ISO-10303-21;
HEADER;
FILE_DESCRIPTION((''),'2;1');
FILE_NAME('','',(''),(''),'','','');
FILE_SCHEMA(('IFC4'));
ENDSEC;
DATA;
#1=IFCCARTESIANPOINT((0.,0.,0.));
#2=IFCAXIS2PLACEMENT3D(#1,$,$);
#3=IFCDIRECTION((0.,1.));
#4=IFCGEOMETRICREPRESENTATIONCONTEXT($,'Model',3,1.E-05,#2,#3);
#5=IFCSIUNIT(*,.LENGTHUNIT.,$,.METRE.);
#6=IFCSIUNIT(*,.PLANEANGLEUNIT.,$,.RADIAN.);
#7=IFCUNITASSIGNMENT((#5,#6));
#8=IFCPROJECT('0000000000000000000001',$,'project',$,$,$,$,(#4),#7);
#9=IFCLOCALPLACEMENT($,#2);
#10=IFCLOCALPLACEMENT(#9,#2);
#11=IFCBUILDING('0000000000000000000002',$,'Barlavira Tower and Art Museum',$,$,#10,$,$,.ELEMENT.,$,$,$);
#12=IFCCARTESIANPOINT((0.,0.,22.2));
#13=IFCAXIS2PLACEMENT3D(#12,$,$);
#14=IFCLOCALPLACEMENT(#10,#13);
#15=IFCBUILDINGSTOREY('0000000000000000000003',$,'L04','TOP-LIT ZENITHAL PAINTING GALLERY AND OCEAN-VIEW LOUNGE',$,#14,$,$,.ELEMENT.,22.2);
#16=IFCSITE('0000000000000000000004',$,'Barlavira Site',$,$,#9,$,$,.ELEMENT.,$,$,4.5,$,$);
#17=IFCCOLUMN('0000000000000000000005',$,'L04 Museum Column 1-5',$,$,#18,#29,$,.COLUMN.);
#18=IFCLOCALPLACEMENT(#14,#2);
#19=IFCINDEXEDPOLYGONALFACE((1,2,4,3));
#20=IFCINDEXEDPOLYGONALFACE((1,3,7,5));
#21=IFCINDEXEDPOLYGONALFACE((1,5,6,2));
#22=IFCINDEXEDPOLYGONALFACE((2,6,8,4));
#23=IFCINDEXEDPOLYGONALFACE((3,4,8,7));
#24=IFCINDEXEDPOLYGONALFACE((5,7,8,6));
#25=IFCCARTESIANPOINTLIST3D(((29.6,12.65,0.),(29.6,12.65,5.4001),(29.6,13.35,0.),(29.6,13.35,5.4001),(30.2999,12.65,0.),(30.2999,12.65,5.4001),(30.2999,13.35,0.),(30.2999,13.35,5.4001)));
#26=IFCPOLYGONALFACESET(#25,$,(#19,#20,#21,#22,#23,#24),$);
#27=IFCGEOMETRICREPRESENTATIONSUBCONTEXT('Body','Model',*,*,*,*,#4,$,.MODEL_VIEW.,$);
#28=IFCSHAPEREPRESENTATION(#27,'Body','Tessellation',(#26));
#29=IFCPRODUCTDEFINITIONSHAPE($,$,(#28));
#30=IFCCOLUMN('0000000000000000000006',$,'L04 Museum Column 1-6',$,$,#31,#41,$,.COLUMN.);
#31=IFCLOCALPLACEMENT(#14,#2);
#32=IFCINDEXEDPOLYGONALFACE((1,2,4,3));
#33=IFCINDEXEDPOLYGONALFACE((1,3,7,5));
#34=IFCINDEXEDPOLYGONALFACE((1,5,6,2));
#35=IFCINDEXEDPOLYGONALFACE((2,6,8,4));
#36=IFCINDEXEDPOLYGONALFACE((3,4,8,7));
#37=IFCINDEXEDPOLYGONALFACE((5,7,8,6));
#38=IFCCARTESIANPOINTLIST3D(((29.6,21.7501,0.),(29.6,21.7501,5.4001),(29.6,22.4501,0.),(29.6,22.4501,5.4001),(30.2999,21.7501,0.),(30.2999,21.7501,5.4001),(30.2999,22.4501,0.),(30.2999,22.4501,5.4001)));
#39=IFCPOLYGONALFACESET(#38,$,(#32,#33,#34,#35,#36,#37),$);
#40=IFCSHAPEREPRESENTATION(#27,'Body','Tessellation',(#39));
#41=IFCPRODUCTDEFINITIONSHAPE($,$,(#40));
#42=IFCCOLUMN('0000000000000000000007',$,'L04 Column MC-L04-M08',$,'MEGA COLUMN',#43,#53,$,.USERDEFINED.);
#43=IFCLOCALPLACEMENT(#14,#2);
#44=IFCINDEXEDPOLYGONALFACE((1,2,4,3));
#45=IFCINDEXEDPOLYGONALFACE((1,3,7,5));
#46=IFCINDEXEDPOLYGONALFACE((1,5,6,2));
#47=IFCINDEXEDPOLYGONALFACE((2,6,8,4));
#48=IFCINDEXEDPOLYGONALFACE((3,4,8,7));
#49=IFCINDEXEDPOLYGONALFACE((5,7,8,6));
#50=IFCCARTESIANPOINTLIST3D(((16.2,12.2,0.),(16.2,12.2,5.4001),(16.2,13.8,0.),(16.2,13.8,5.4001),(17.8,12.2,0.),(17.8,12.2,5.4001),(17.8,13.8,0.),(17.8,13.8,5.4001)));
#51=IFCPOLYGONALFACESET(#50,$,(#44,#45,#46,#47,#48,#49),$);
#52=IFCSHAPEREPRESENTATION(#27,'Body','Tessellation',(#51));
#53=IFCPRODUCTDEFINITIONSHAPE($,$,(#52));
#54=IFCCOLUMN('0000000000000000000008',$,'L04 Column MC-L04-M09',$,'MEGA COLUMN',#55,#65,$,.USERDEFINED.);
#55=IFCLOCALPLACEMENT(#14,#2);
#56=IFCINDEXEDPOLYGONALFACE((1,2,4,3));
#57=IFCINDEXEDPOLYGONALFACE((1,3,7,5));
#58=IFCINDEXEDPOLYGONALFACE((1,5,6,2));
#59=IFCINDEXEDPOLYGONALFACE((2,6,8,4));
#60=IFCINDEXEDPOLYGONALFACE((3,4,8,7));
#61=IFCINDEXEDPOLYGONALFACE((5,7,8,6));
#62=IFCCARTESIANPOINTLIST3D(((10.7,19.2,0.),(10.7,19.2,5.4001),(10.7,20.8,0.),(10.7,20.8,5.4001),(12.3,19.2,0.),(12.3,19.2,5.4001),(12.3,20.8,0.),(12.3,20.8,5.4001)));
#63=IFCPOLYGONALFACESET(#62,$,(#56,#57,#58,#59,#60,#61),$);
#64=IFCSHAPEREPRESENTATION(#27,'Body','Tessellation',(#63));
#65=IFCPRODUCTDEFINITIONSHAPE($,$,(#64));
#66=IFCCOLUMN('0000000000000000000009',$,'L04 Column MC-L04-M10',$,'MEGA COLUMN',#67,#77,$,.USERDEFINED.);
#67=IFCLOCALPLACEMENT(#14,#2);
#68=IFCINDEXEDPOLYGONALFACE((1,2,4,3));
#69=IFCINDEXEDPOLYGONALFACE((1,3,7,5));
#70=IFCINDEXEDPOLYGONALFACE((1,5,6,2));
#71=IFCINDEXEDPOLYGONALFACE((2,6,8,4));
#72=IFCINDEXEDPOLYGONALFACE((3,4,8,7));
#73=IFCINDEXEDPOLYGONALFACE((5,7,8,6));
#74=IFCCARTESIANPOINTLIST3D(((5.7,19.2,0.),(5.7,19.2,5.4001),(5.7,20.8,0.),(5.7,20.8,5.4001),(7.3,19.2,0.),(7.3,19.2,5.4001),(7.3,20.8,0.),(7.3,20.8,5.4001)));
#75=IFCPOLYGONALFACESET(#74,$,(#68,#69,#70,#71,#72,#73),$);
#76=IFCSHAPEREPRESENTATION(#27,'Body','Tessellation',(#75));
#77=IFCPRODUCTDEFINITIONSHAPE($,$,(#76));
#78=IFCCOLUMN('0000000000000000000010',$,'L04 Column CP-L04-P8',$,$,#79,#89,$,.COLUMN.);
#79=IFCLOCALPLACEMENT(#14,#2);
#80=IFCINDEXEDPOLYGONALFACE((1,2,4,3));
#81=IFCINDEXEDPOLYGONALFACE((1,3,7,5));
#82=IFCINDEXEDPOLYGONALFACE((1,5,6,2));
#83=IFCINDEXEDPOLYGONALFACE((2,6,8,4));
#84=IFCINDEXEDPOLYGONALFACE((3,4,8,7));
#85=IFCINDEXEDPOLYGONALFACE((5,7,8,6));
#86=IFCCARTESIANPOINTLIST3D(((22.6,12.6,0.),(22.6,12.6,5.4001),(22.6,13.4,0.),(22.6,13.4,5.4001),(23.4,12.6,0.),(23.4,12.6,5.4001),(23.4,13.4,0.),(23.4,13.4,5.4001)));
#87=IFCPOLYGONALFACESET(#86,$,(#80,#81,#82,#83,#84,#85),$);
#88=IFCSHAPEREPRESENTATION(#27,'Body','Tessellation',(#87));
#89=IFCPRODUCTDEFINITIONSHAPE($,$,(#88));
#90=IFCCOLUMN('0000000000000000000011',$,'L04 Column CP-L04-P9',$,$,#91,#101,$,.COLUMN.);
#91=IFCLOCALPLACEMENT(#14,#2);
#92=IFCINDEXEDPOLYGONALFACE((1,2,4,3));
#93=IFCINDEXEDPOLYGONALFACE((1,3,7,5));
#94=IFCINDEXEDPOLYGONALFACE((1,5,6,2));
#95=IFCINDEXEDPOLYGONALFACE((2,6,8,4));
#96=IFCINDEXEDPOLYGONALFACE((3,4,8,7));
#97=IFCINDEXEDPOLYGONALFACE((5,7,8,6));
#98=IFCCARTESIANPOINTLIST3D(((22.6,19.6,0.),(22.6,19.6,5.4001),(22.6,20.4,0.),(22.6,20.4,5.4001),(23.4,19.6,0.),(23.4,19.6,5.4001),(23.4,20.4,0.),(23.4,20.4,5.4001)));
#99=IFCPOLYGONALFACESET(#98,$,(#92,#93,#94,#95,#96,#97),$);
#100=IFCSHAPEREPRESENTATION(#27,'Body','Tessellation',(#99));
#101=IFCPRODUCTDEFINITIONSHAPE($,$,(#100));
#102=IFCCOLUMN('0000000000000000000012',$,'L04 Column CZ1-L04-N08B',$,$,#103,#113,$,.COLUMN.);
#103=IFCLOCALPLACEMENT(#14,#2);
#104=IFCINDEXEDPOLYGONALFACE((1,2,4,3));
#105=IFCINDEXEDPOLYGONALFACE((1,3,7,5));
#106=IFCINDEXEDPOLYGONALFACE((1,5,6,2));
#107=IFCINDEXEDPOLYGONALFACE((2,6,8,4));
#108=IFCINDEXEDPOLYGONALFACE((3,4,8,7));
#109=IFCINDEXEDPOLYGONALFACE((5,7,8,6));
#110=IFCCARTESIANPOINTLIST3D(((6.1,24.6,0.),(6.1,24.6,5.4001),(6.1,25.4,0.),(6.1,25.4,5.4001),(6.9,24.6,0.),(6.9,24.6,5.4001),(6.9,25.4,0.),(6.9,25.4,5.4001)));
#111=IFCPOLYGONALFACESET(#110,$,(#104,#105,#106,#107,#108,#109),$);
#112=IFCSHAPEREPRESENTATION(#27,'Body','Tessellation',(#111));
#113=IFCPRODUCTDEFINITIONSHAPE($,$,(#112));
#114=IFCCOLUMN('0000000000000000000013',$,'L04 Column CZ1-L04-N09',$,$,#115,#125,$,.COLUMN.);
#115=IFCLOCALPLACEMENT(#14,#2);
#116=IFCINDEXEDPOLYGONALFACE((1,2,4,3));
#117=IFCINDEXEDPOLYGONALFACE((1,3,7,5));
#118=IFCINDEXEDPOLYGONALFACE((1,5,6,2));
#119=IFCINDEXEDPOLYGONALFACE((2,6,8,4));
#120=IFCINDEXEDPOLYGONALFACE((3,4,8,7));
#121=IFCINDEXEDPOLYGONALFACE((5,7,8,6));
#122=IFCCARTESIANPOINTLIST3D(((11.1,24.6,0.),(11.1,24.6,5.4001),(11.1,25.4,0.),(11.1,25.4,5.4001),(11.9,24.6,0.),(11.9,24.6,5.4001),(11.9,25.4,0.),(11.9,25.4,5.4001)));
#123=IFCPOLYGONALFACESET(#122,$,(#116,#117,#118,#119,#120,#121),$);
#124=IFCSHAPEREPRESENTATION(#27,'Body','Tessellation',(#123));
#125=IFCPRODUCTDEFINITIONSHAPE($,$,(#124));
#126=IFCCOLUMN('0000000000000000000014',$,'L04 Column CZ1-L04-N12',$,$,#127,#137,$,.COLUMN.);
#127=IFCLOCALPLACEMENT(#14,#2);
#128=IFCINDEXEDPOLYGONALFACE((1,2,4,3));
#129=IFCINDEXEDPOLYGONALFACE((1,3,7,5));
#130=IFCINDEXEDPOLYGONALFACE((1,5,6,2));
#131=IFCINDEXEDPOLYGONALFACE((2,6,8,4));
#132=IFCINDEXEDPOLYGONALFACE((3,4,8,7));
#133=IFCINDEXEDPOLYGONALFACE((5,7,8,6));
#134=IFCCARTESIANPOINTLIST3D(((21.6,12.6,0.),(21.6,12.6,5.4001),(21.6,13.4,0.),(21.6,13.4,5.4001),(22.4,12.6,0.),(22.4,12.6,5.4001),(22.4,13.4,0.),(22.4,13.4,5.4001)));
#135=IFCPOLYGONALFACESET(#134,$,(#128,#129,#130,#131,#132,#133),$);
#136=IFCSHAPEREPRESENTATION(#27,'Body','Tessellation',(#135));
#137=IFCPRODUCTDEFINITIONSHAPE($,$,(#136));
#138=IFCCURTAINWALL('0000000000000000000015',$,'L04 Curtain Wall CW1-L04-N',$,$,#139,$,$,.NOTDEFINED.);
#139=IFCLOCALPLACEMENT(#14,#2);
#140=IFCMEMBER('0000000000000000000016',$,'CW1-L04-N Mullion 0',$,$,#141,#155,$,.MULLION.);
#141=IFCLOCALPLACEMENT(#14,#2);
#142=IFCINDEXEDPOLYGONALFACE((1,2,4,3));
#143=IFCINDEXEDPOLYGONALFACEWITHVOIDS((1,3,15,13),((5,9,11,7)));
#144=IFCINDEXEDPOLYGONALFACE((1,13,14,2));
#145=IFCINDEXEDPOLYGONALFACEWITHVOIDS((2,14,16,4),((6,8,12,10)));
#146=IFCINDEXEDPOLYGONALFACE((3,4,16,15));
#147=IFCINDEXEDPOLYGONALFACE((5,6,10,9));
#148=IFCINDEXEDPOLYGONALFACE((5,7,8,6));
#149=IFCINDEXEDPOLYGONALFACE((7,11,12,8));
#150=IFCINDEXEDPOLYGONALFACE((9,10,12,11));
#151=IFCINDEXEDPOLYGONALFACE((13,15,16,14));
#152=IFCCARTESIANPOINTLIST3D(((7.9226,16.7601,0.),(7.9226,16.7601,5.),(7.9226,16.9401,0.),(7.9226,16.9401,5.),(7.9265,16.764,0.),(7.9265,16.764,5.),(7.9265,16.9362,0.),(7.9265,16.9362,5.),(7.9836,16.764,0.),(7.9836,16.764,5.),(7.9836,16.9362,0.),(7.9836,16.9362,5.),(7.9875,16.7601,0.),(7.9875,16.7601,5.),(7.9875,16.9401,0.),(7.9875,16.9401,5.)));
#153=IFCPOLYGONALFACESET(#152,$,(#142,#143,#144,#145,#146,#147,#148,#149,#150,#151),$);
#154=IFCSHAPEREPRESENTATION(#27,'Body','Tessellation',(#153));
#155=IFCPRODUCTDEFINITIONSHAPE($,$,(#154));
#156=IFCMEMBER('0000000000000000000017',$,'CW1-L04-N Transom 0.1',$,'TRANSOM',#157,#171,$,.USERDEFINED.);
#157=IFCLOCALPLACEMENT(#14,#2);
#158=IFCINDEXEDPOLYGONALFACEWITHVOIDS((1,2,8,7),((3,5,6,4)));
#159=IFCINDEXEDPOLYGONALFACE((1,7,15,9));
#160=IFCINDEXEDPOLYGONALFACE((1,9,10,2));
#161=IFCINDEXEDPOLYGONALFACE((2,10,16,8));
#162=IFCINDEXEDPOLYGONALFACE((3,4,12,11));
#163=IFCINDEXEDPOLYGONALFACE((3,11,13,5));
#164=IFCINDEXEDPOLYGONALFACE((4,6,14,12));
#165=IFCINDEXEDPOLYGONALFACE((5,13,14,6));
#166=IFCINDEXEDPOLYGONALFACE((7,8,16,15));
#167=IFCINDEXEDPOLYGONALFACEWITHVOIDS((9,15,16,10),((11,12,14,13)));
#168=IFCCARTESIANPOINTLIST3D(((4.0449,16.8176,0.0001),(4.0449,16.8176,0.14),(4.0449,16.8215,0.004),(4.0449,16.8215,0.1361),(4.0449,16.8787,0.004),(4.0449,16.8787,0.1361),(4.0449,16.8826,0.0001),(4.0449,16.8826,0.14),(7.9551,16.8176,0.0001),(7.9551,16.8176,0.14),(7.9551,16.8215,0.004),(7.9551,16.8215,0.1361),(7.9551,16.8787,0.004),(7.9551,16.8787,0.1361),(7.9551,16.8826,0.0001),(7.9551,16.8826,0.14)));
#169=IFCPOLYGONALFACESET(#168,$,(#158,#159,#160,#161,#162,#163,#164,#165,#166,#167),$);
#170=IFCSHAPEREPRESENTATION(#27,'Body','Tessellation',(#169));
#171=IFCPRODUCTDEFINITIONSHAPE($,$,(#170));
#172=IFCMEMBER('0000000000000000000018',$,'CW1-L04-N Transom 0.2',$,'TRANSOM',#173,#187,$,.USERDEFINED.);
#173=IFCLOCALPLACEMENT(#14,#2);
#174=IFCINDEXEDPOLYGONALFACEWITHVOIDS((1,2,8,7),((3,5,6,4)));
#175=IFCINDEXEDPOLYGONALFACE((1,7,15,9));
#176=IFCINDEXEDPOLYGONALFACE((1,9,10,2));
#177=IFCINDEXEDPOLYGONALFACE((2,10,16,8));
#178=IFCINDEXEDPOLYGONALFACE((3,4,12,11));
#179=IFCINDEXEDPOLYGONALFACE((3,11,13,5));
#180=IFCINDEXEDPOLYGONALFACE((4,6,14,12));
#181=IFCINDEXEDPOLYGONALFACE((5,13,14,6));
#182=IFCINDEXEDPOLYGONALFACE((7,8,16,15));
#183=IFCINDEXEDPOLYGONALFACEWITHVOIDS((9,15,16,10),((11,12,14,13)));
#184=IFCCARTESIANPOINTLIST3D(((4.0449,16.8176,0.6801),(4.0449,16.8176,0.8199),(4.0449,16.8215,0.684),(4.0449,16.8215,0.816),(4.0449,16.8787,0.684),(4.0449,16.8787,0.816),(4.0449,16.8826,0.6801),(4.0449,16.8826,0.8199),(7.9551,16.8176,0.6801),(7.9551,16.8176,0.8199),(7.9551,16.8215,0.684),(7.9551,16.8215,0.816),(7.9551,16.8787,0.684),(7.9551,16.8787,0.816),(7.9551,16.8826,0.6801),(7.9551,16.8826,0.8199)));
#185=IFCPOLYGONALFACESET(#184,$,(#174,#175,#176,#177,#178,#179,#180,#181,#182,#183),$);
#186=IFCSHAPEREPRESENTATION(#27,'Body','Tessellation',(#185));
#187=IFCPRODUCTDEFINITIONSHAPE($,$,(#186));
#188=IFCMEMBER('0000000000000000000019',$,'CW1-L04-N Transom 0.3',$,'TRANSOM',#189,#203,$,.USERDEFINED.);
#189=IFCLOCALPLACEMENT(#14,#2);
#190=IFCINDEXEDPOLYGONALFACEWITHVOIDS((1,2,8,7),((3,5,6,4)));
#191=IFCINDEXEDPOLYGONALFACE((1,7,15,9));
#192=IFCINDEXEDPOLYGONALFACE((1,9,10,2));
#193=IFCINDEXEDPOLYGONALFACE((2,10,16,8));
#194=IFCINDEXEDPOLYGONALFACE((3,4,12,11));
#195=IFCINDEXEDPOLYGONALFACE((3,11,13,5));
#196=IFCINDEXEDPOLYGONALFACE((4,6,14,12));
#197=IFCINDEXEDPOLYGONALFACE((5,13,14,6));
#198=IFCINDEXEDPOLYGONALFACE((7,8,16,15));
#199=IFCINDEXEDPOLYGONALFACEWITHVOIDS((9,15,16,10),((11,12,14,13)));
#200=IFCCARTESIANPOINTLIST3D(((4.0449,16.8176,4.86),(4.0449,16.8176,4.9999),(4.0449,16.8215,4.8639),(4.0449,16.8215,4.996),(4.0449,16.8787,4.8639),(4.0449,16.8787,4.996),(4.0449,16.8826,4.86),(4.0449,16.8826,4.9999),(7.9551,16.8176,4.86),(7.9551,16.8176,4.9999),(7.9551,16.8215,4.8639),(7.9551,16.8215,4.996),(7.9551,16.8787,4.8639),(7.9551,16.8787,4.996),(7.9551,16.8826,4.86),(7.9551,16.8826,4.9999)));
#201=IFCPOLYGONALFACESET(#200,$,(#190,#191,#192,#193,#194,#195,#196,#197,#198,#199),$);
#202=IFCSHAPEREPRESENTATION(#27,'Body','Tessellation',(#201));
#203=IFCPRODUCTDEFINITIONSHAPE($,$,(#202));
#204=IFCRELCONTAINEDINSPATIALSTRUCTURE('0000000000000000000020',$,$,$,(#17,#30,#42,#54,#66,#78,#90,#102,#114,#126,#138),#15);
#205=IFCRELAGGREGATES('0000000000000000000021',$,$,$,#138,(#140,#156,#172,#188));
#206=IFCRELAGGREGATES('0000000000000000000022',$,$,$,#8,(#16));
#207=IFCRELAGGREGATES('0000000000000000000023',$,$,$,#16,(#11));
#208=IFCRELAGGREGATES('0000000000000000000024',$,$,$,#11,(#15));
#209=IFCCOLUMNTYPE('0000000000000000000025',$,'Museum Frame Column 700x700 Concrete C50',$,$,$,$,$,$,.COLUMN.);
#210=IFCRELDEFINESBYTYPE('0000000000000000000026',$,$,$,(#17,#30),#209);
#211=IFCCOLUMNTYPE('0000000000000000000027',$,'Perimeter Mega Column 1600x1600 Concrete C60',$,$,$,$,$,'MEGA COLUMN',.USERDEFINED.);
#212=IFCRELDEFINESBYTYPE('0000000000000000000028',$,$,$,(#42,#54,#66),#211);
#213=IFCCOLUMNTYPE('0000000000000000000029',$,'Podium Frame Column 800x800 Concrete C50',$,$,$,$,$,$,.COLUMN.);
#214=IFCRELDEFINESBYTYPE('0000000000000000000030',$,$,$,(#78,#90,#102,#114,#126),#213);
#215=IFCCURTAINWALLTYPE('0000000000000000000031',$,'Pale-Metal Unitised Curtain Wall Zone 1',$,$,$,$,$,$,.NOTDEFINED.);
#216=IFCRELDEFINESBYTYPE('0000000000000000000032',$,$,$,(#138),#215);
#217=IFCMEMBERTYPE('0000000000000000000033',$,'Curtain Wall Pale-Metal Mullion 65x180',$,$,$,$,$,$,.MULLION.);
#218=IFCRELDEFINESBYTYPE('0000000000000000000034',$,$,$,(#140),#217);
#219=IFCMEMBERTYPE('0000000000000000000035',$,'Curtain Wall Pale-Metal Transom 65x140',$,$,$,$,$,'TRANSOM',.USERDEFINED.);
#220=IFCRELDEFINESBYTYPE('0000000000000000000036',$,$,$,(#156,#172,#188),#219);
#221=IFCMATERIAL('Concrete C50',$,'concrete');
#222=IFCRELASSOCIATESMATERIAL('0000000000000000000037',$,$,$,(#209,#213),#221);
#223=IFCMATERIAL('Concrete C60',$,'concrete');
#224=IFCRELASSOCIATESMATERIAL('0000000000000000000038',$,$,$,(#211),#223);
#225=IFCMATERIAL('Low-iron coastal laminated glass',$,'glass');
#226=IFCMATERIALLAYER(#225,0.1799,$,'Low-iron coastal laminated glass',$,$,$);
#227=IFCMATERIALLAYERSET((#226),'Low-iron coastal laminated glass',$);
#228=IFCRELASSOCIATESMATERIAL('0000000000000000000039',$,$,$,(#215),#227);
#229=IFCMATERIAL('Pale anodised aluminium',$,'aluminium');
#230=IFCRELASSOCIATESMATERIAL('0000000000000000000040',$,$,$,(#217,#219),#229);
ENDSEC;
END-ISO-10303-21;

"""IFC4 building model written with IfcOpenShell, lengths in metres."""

from ifc_helpers import new_model, si_unit, direction, frame, origin, origin_2d, place, context, subcontext, project, spatial, rectangle, hollow_rectangle, extrude, material, layer, layer_set, material_profile, profile_set, type_object, element, aggregate, save


model = new_model("IFC4")

# Units and contexts
model_context = context("Model", 3, precision=1e-05, world=origin(), true_north=direction((0.0, 1.0)))
body_context = subcontext(model_context, "Body", "Model", "MODEL_VIEW")
ifc_project = project(units=[si_unit("LENGTHUNIT", "METRE"), si_unit("PLANEANGLEUNIT", "RADIAN")], contexts=[model_context])

# Site, building, storey
site_placement = place(None, origin())
site = spatial("IfcSite", under=ifc_project, at=site_placement, Name="Barlavira Site", CompositionType="ELEMENT", RefElevation=4.5)
building_placement = place(site_placement, origin())
building = spatial("IfcBuilding", under=site, at=building_placement, Name="Barlavira Tower and Art Museum", CompositionType="ELEMENT")
storey_placement = place(building_placement, frame((0.0, 0.0, 22.2)))
storey = spatial("IfcBuildingStorey", under=building, at=storey_placement, Name="L04", Description="TOP-LIT ZENITHAL PAINTING GALLERY AND OCEAN-VIEW LOUNGE", CompositionType="ELEMENT", Elevation=22.2)

# Columns
ifc_material_1 = material(Name="Concrete C50", Category="concrete")
ifc_material_profile_1 = material_profile(ifc_material_1, rectangle(XDim=0.7, YDim=0.7, at=origin_2d()), Name="RC-COL 700x700")
ifc_profile_set_1 = profile_set([ifc_material_profile_1], Name="Concrete C50")
column_type_1 = type_object("IfcColumnType", Name="Museum Frame Column 700x700 Concrete C50", PredefinedType="COLUMN", material=ifc_profile_set_1)
for number, where, z_axis, x_axis, name in (
    (1, (29.95, 13.0, 0.0), (0.0, 0.0, 1.0), (1.0, 0.0, 0.0), "L04 Museum Column 1-5"),
    (2, (29.95, 22.1001, 0.0), (0.0, 0.0, 1.0), (1.0, 0.0, 0.0), "L04 Museum Column 1-6"),
):
    element("IfcColumn", number, at=place(storey_placement, frame(where, z_axis=z_axis, x_axis=x_axis)), inside=storey, type_object=column_type_1, Name=name, PredefinedType="COLUMN", context=body_context, shape_type="SweptSolid", body=[
        extrude(rectangle(XDim=0.7, YDim=0.7, at=origin_2d()), origin(), (0.0, 0.0, 1.0), 5.4001),
    ])
ifc_material_2 = material(Name="Concrete C60", Category="concrete")
ifc_material_profile_2 = material_profile(ifc_material_2, rectangle(XDim=1.6001, YDim=1.6001, at=origin_2d()), Name="RC-MCOL 1600x1600")
ifc_profile_set_2 = profile_set([ifc_material_profile_2], Name="Concrete C60")
column_type_2 = type_object("IfcColumnType", Name="Perimeter Mega Column 1600x1600 Concrete C60", ElementType="MEGA COLUMN", PredefinedType="USERDEFINED", material=ifc_profile_set_2)
for number, where, z_axis, x_axis, name in (
    (3, (17.0, 13.0, 0.0), (0.0, 0.0, 1.0), (1.0, 0.0, 0.0), "L04 Column MC-L04-M08"),
    (4, (11.5, 20.0, 0.0), (0.0, 0.0, 1.0), (1.0, 0.0, 0.0), "L04 Column MC-L04-M09"),
    (5, (6.5, 20.0, 0.0), (0.0, 0.0, 1.0), (1.0, 0.0, 0.0), "L04 Column MC-L04-M10"),
):
    element("IfcColumn", number, at=place(storey_placement, frame(where, z_axis=z_axis, x_axis=x_axis)), inside=storey, type_object=column_type_2, Name=name, ObjectType="MEGA COLUMN", PredefinedType="USERDEFINED", context=body_context, shape_type="SweptSolid", body=[
        extrude(rectangle(XDim=1.6001, YDim=1.6001, at=origin_2d()), origin(), (0.0, 0.0, 1.0), 5.4001),
    ])
ifc_material_profile_3 = material_profile(ifc_material_1, rectangle(XDim=0.8, YDim=0.8, at=origin_2d()), Name="RC-COL 800x800")
ifc_profile_set_3 = profile_set([ifc_material_profile_3], Name="Concrete C50")
column_type_3 = type_object("IfcColumnType", Name="Podium Frame Column 800x800 Concrete C50", PredefinedType="COLUMN", material=ifc_profile_set_3)
for number, where, z_axis, x_axis, name in (
    (6, (23.0, 13.0, 0.0), (0.0, 0.0, 1.0), (1.0, 0.0, 0.0), "L04 Column CP-L04-P8"),
    (7, (23.0, 20.0, 0.0), (0.0, 0.0, 1.0), (1.0, 0.0, 0.0), "L04 Column CP-L04-P9"),
    (8, (6.5, 25.0, 0.0), (0.0, 0.0, 1.0), (1.0, 0.0, 0.0), "L04 Column CZ1-L04-N08B"),
    (9, (11.5, 25.0, 0.0), (0.0, 0.0, 1.0), (1.0, 0.0, 0.0), "L04 Column CZ1-L04-N09"),
    (10, (22.0, 13.0, 0.0), (0.0, 0.0, 1.0), (1.0, 0.0, 0.0), "L04 Column CZ1-L04-N12"),
):
    element("IfcColumn", number, at=place(storey_placement, frame(where, z_axis=z_axis, x_axis=x_axis)), inside=storey, type_object=column_type_3, Name=name, PredefinedType="COLUMN", context=body_context, shape_type="SweptSolid", body=[
        extrude(rectangle(XDim=0.8, YDim=0.8, at=origin_2d()), origin(), (0.0, 0.0, 1.0), 5.4001),
    ])

# Curtain wall, members
ifc_material_3 = material(Name="Low-iron coastal laminated glass", Category="glass")
ifc_layer_1 = layer(ifc_material_3, 0.1799, Name="Low-iron coastal laminated glass")
ifc_layer_set_1 = layer_set([ifc_layer_1], Name="Low-iron coastal laminated glass")
curtain_wall_type = type_object("IfcCurtainWallType", Name="Pale-Metal Unitised Curtain Wall Zone 1", PredefinedType="NOTDEFINED", material=ifc_layer_set_1)
curtain_wall_placement = place(storey_placement, origin())
curtain_wall = element("IfcCurtainWall", 11, at=curtain_wall_placement, inside=storey, type_object=curtain_wall_type, Name="L04 Curtain Wall CW1-L04-N", PredefinedType="NOTDEFINED")
ifc_material_4 = material(Name="Pale anodised aluminium", Category="aluminium")
ifc_material_profile_4 = material_profile(ifc_material_4, hollow_rectangle(XDim=0.0649, YDim=0.1799, WallThickness=0.0039, at=origin_2d()), Name="ALU-MULL 65x180x4")
ifc_profile_set_4 = profile_set([ifc_material_profile_4], Name="Pale anodised aluminium")
member_type_1 = type_object("IfcMemberType", Name="Curtain Wall Pale-Metal Mullion 65x180", PredefinedType="MULLION", material=ifc_profile_set_4)
member_1_placement = place(storey_placement, frame((7.9551, 16.8501, 0.0), z_axis=(0.0, 0.0, 1.0), x_axis=(-1.0, 0.0, 0.0)))
member_1 = element("IfcMember", 12, at=member_1_placement, type_object=member_type_1, Name="CW1-L04-N Mullion 0", PredefinedType="MULLION", context=body_context, shape_type="SweptSolid", body=[
    extrude(hollow_rectangle(XDim=0.0649, YDim=0.1799, WallThickness=0.0039, at=origin_2d()), origin(), (0.0, 0.0, 1.0), 5.0),
])
ifc_material_profile_5 = material_profile(ifc_material_4, hollow_rectangle(XDim=0.0649, YDim=0.1399, WallThickness=0.0039, at=origin_2d()), Name="ALU-TRAN 65x140x4")
ifc_profile_set_5 = profile_set([ifc_material_profile_5], Name="Pale anodised aluminium")
member_type_2 = type_object("IfcMemberType", Name="Curtain Wall Pale-Metal Transom 65x140", ElementType="TRANSOM", PredefinedType="USERDEFINED", material=ifc_profile_set_5)
member_2_placement = place(storey_placement, frame((7.9551, 16.8501, 0.0701), z_axis=(-1.0, 0.0, 0.0), x_axis=(0.0, -1.0, 0.0)))
member_2 = element("IfcMember", 13, at=member_2_placement, type_object=member_type_2, Name="CW1-L04-N Transom 0.1", ObjectType="TRANSOM", PredefinedType="USERDEFINED", context=body_context, shape_type="SweptSolid", body=[
    extrude(hollow_rectangle(XDim=0.0649, YDim=0.1399, WallThickness=0.0039, at=origin_2d()), origin(), (0.0, 0.0, 1.0), 3.9102),
])
member_3_placement = place(storey_placement, frame((7.9551, 16.8501, 0.75), z_axis=(-1.0, 0.0, 0.0), x_axis=(0.0, -1.0, 0.0)))
member_3 = element("IfcMember", 14, at=member_3_placement, type_object=member_type_2, Name="CW1-L04-N Transom 0.2", ObjectType="TRANSOM", PredefinedType="USERDEFINED", context=body_context, shape_type="SweptSolid", body=[
    extrude(hollow_rectangle(XDim=0.0649, YDim=0.1399, WallThickness=0.0039, at=origin_2d()), origin(), (0.0, 0.0, 1.0), 3.9102),
])
member_4_placement = place(storey_placement, frame((7.9551, 16.8501, 4.9299), z_axis=(-1.0, 0.0, 0.0), x_axis=(0.0, -1.0, 0.0)))
member_4 = element("IfcMember", 15, at=member_4_placement, type_object=member_type_2, Name="CW1-L04-N Transom 0.3", ObjectType="TRANSOM", PredefinedType="USERDEFINED", context=body_context, shape_type="SweptSolid", body=[
    extrude(hollow_rectangle(XDim=0.0649, YDim=0.1399, WallThickness=0.0039, at=origin_2d()), origin(), (0.0, 0.0, 1.0), 3.9102),
])

aggregate(curtain_wall, [member_1, member_2, member_3, member_4])

save(model, "model.ifc")
